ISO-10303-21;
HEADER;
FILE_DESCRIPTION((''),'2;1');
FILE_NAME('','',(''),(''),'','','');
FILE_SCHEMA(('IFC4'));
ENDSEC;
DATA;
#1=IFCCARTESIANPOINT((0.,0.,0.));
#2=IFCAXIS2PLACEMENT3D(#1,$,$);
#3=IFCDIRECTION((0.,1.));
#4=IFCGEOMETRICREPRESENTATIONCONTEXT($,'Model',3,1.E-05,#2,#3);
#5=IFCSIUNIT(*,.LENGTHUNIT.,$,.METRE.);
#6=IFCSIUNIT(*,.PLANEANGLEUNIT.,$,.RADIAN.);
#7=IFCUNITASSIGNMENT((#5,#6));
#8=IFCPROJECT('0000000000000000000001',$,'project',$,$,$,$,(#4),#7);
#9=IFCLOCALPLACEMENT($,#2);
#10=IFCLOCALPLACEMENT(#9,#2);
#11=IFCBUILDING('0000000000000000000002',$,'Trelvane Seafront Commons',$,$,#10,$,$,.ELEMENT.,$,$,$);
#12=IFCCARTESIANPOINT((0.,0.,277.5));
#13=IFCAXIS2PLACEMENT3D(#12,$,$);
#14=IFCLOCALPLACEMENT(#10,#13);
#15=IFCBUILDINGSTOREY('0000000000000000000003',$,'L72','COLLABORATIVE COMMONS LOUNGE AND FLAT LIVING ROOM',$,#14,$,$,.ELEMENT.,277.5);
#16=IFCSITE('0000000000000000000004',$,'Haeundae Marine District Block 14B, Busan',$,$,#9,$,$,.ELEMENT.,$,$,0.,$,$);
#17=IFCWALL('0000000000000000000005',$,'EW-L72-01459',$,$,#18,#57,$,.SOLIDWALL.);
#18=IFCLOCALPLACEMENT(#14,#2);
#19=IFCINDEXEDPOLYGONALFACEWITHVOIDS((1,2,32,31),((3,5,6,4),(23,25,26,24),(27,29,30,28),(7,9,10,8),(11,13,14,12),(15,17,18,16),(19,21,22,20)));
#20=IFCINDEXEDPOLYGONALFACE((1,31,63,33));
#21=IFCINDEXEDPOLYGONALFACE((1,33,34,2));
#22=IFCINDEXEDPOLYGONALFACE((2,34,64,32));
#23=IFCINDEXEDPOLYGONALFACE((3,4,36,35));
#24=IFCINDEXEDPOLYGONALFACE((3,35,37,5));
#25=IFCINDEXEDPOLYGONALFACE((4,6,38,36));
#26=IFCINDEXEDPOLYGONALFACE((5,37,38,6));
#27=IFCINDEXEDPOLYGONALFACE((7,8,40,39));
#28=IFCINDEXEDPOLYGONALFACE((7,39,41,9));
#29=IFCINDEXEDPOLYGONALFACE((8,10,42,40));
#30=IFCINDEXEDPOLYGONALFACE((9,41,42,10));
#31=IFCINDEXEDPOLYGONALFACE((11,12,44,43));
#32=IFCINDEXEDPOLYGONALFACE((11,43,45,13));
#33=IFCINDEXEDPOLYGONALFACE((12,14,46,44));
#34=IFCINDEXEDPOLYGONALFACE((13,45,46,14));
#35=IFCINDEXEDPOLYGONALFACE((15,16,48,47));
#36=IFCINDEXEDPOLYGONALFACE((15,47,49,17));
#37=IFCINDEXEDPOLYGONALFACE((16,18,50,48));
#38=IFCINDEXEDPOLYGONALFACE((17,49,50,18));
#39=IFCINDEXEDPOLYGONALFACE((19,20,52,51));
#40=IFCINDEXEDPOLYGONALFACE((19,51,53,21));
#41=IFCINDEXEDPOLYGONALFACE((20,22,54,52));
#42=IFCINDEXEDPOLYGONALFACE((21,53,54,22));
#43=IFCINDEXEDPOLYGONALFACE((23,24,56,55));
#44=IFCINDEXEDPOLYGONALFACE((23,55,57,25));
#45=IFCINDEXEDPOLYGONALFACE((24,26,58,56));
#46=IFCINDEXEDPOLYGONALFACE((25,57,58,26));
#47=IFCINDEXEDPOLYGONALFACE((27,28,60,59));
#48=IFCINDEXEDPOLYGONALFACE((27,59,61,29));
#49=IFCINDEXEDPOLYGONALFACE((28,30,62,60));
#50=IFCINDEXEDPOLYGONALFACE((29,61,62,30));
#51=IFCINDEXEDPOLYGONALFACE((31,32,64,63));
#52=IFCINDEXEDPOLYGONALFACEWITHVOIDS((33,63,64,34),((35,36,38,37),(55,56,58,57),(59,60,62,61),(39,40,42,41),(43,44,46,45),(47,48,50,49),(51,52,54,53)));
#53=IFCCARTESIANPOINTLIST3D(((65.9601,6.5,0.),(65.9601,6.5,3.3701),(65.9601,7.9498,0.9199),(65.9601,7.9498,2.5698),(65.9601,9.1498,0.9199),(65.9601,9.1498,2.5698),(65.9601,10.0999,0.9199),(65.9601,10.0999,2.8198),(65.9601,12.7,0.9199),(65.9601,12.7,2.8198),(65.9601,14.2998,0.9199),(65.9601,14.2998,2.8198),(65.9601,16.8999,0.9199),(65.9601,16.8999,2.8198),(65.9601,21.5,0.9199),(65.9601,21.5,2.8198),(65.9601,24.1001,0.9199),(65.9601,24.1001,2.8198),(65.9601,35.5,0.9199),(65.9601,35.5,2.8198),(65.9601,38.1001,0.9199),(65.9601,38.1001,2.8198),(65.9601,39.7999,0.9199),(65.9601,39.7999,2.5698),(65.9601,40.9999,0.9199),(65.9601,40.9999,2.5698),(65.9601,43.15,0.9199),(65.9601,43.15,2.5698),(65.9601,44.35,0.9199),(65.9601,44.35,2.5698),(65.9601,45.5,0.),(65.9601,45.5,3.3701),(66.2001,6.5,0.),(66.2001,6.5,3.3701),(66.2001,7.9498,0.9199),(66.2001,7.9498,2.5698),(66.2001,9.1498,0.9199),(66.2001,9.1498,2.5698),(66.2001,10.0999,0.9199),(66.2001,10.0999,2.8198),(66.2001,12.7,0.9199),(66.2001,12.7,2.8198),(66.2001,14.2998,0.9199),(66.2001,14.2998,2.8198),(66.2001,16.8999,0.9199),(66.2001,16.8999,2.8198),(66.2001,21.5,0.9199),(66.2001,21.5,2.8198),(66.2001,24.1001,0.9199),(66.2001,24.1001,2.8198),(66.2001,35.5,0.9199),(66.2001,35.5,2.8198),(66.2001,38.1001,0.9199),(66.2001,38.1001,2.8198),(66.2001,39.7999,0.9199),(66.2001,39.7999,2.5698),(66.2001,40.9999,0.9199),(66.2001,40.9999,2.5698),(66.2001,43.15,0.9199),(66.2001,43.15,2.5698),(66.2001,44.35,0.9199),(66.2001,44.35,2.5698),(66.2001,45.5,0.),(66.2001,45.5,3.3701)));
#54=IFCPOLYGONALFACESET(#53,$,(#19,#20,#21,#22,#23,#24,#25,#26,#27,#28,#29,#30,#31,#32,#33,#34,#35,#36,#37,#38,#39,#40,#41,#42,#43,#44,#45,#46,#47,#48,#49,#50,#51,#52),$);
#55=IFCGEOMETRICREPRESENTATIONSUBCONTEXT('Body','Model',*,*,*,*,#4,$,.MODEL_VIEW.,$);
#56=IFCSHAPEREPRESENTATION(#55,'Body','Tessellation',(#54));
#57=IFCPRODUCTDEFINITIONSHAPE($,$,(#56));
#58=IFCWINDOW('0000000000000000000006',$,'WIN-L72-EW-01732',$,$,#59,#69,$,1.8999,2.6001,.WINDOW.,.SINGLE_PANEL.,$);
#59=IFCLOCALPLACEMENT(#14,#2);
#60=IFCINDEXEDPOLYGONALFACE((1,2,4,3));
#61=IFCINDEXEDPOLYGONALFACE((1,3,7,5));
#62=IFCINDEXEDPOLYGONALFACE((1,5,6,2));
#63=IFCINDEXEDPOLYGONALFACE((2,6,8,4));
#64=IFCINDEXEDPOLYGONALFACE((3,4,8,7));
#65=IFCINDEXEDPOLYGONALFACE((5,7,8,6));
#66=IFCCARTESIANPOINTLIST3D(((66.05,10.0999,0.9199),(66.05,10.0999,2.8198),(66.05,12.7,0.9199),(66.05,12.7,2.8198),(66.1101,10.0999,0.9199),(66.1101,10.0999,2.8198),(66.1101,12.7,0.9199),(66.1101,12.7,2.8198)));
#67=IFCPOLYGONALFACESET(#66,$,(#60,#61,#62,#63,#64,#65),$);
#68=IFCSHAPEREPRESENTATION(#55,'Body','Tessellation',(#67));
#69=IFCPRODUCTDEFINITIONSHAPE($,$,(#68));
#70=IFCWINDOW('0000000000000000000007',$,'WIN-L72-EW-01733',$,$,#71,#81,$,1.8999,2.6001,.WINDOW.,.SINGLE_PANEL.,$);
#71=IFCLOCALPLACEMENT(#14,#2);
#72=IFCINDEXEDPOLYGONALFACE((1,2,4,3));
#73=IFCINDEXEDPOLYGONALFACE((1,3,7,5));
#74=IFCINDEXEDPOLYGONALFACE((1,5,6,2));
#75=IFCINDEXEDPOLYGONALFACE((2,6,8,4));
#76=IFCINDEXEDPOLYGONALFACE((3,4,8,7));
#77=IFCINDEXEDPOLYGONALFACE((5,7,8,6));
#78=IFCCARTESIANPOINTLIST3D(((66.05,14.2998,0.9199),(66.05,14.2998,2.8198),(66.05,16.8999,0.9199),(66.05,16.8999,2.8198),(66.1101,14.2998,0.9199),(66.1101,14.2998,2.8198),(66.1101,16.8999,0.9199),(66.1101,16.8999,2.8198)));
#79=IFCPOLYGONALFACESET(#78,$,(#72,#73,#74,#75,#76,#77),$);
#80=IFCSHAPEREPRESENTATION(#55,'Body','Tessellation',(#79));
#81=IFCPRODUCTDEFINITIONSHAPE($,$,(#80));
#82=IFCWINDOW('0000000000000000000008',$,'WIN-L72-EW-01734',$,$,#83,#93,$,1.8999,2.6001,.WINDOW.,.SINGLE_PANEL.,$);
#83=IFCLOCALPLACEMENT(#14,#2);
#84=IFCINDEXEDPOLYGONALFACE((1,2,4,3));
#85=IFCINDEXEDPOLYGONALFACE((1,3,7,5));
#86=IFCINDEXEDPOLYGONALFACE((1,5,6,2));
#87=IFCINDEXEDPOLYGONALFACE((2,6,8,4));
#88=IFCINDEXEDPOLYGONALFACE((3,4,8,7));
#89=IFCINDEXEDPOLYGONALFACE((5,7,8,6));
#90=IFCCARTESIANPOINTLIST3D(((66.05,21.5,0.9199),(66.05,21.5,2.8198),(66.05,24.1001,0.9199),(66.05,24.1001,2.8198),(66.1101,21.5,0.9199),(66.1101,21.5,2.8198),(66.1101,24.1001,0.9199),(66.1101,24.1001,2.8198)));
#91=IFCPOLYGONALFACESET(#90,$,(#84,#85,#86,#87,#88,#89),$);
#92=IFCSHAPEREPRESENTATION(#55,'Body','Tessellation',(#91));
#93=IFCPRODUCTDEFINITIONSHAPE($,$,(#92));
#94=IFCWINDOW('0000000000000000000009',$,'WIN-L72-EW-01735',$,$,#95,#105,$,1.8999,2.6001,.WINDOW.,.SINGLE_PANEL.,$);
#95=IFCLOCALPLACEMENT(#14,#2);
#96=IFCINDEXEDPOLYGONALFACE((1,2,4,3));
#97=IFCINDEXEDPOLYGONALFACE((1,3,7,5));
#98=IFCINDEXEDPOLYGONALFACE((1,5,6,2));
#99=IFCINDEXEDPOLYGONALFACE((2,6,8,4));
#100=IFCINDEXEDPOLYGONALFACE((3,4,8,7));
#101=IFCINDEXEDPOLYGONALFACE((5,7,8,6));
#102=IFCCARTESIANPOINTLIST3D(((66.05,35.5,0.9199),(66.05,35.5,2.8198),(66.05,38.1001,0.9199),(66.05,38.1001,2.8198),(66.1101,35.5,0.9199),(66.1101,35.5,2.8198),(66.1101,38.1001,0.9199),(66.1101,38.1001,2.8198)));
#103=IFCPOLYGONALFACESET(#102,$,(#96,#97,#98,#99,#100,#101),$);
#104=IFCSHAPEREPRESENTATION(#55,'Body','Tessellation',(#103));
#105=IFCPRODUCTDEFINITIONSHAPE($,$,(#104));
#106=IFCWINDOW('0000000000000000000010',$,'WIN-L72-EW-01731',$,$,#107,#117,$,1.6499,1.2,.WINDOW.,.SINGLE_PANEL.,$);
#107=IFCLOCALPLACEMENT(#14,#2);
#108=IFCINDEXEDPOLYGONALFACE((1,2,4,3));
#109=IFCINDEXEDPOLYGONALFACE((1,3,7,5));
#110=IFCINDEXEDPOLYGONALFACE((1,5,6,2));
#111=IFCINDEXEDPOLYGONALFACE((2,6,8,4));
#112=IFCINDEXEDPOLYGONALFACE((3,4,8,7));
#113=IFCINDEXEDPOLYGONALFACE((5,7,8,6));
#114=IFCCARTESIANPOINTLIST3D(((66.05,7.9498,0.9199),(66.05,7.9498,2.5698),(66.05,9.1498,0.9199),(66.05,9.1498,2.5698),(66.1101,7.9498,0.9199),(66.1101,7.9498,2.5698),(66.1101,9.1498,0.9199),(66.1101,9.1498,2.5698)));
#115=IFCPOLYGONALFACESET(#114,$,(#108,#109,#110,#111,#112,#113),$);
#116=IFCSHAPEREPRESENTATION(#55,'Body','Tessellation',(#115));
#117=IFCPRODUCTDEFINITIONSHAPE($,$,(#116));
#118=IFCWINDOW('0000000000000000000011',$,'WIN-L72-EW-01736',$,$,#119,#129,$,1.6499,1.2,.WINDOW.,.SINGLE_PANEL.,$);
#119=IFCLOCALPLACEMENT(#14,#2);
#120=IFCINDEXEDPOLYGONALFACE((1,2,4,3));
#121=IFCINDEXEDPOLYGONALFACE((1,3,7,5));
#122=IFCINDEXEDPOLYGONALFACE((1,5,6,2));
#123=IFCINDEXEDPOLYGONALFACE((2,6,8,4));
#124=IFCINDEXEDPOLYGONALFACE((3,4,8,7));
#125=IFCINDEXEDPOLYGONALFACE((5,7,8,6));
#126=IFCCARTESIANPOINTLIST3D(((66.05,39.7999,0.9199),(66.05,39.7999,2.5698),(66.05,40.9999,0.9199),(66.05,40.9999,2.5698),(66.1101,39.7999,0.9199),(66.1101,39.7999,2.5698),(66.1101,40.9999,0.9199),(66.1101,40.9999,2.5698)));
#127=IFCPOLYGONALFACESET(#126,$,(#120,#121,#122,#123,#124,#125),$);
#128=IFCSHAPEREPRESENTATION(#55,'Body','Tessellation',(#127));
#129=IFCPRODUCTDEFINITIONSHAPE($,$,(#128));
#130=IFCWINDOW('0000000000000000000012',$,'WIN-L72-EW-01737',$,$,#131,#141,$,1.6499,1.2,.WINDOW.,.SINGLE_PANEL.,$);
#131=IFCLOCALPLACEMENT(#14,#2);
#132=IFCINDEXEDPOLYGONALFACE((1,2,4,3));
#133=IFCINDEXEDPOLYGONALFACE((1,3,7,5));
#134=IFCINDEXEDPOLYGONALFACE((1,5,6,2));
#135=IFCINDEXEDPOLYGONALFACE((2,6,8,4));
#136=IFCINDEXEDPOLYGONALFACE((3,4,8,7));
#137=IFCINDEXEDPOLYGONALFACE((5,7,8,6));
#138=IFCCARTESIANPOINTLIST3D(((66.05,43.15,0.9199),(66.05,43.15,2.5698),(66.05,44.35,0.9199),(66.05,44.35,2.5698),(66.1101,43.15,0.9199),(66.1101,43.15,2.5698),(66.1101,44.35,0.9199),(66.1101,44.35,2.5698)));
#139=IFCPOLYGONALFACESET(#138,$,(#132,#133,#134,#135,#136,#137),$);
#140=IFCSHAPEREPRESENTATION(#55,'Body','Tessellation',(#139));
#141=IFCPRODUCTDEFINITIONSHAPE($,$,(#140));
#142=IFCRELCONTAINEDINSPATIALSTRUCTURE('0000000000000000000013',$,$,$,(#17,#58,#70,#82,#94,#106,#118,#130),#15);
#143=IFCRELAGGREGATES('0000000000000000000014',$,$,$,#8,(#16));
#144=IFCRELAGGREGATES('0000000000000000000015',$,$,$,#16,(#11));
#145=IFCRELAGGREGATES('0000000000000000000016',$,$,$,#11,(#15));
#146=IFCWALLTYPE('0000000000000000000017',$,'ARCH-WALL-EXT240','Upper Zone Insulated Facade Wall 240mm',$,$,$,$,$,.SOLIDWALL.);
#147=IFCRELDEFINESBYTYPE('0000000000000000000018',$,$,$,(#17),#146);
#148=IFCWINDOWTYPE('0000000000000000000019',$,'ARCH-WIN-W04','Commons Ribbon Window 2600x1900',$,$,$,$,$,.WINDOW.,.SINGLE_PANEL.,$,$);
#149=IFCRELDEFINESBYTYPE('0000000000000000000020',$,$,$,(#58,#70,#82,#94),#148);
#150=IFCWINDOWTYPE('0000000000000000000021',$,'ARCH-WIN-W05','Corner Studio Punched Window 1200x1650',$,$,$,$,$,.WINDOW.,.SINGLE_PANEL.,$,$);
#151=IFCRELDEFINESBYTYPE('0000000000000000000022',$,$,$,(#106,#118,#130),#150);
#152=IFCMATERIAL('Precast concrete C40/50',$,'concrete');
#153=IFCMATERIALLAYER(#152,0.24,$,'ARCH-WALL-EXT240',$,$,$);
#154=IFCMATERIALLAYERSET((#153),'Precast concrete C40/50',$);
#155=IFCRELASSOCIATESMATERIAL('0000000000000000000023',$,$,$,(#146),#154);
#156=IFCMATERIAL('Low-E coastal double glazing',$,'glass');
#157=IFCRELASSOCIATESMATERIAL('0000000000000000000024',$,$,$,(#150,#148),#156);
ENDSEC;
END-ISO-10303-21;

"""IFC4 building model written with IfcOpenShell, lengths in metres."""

from ifc_helpers import new_model, si_unit, direction, frame, frame_2d, origin, place, context, subcontext, project, spatial, rectangle, extrude, source, transform, mapped, material, layer, layer_set, type_object, element, fill, save


model = new_model("IFC4")

# Units and contexts
model_context = context("Model", 3, precision=1e-05, world=origin(), true_north=direction((0.0, 1.0)))
body_context = subcontext(model_context, "Body", "Model", "MODEL_VIEW")
ifc_project = project(units=[si_unit("LENGTHUNIT", "METRE"), si_unit("PLANEANGLEUNIT", "RADIAN")], contexts=[model_context])

# Site, building, storey
site_placement = place(None, origin())
site = spatial("IfcSite", under=ifc_project, at=site_placement, Name="Haeundae Marine District Block 14B, Busan", CompositionType="ELEMENT", RefElevation=0.0)
building_placement = place(site_placement, origin())
building = spatial("IfcBuilding", under=site, at=building_placement, Name="Trelvane Seafront Commons", CompositionType="ELEMENT")
storey_placement = place(building_placement, frame((0.0, 0.0, 277.5)))
storey = spatial("IfcBuildingStorey", under=building, at=storey_placement, Name="L72", Description="COLLABORATIVE COMMONS LOUNGE AND FLAT LIVING ROOM", CompositionType="ELEMENT", Elevation=277.5)

# Shared definitions
ifc_material_1 = material(Name="Low-E coastal double glazing", Category="glass")

# Shared definitions
ifc_material_2 = material(Name="Precast concrete C40/50", Category="concrete")
ifc_layer_1 = layer(ifc_material_2, 0.24, Name="ARCH-WALL-EXT240")
ifc_layer_set_1 = layer_set([ifc_layer_1], Name="Precast concrete C40/50")
wall_type = type_object("IfcWallType", Name="ARCH-WALL-EXT240", Description="Upper Zone Insulated Facade Wall 240mm", PredefinedType="SOLIDWALL", material=ifc_layer_set_1)
window_type_1 = type_object("IfcWindowType", Name="ARCH-WIN-W05", Description="Corner Studio Punched Window 1200x1650", PartitioningType="SINGLE_PANEL", PredefinedType="WINDOW", material=ifc_material_1)
shared_shape_1 = source(origin(), body_context, "Body", "SweptSolid", [
    extrude(rectangle(XDim=1.2, YDim=1.6499, at=frame_2d((0.6001, 0.825))), frame((0.0, 0.03, 0.0), z_axis=(0.0, -1.0, 0.0), x_axis=(1.0, 0.0, 0.0)), (0.0, 0.0, 1.0), 0.0601),
])

# Wall, openings, windows
wall_1_placement = place(storey_placement, frame((66.0801, 45.5, 0.0), z_axis=(0.0, 0.0, 1.0), x_axis=(0.0, -1.0, 0.0)))
wall_1 = element("IfcWall", 1, at=wall_1_placement, inside=storey, type_object=wall_type, Name="EW-L72-01459", PredefinedType="SOLIDWALL", context=body_context, shape_type="SweptSolid", body=[
    extrude(rectangle(XDim=39.0, YDim=0.24, at=frame_2d((19.5, 0.0))), origin(), (0.0, 0.0, 1.0), 3.3701),
])
opening_1_placement = place(wall_1_placement, frame((36.3501, 0.0, 0.9199)))
opening_1 = element("IfcOpeningElement", 2, at=opening_1_placement, cuts=wall_1, PredefinedType="OPENING", context=body_context, shape_type="SweptSolid", body=[
    extrude(rectangle(XDim=1.2, YDim=1.6499, at=frame_2d((0.6001, 0.825))), frame((0.0, 0.1299, 0.0), z_axis=(0.0, -1.0, 0.0), x_axis=(1.0, 0.0, 0.0)), (0.0, 0.0, 1.0), 0.26),
])
opening_2_placement = place(wall_1_placement, frame((32.8, 0.0, 0.9199)))
opening_2 = element("IfcOpeningElement", 3, at=opening_2_placement, cuts=wall_1, PredefinedType="OPENING", context=body_context, shape_type="SweptSolid", body=[
    extrude(rectangle(XDim=2.6001, YDim=1.8999, at=frame_2d((1.3, 0.95))), frame((0.0, 0.1299, 0.0), z_axis=(0.0, -1.0, 0.0), x_axis=(1.0, 0.0, 0.0)), (0.0, 0.0, 1.0), 0.26),
])
opening_3_placement = place(wall_1_placement, frame((28.6001, 0.0, 0.9199)))
opening_3 = element("IfcOpeningElement", 4, at=opening_3_placement, cuts=wall_1, PredefinedType="OPENING", context=body_context, shape_type="SweptSolid", body=[
    extrude(rectangle(XDim=2.6001, YDim=1.8999, at=frame_2d((1.3, 0.95))), frame((0.0, 0.1299, 0.0), z_axis=(0.0, -1.0, 0.0), x_axis=(1.0, 0.0, 0.0)), (0.0, 0.0, 1.0), 0.26),
])
opening_4_placement = place(wall_1_placement, frame((21.3999, 0.0, 0.9199)))
opening_4 = element("IfcOpeningElement", 5, at=opening_4_placement, cuts=wall_1, PredefinedType="OPENING", context=body_context, shape_type="SweptSolid", body=[
    extrude(rectangle(XDim=2.6001, YDim=1.8999, at=frame_2d((1.3, 0.95))), frame((0.0, 0.1299, 0.0), z_axis=(0.0, -1.0, 0.0), x_axis=(1.0, 0.0, 0.0)), (0.0, 0.0, 1.0), 0.26),
])
opening_5_placement = place(wall_1_placement, frame((7.3999, 0.0, 0.9199)))
opening_5 = element("IfcOpeningElement", 6, at=opening_5_placement, cuts=wall_1, PredefinedType="OPENING", context=body_context, shape_type="SweptSolid", body=[
    extrude(rectangle(XDim=2.6001, YDim=1.8999, at=frame_2d((1.3, 0.95))), frame((0.0, 0.1299, 0.0), z_axis=(0.0, -1.0, 0.0), x_axis=(1.0, 0.0, 0.0)), (0.0, 0.0, 1.0), 0.26),
])
opening_6_placement = place(wall_1_placement, frame((4.5, 0.0, 0.9199)))
opening_6 = element("IfcOpeningElement", 7, at=opening_6_placement, cuts=wall_1, PredefinedType="OPENING", context=body_context, shape_type="SweptSolid", body=[
    extrude(rectangle(XDim=1.2, YDim=1.6499, at=frame_2d((0.6001, 0.825))), frame((0.0, 0.1299, 0.0), z_axis=(0.0, -1.0, 0.0), x_axis=(1.0, 0.0, 0.0)), (0.0, 0.0, 1.0), 0.26),
])
opening_7_placement = place(wall_1_placement, frame((1.1499, 0.0, 0.9199)))
opening_7 = element("IfcOpeningElement", 8, at=opening_7_placement, cuts=wall_1, PredefinedType="OPENING", context=body_context, shape_type="SweptSolid", body=[
    extrude(rectangle(XDim=1.2, YDim=1.6499, at=frame_2d((0.6001, 0.825))), frame((0.0, 0.1299, 0.0), z_axis=(0.0, -1.0, 0.0), x_axis=(1.0, 0.0, 0.0)), (0.0, 0.0, 1.0), 0.26),
])
window_type_2 = type_object("IfcWindowType", Name="ARCH-WIN-W04", Description="Commons Ribbon Window 2600x1900", PartitioningType="SINGLE_PANEL", PredefinedType="WINDOW", material=ifc_material_1)
shared_shape_2 = source(origin(), body_context, "Body", "SweptSolid", [
    extrude(rectangle(XDim=2.6001, YDim=1.8999, at=frame_2d((1.3, 0.95))), frame((0.0, 0.03, 0.0), z_axis=(0.0, -1.0, 0.0), x_axis=(1.0, 0.0, 0.0)), (0.0, 0.0, 1.0), 0.0601),
])
window_1_placement = place(opening_2_placement, origin())
window_1 = element("IfcWindow", 9, at=window_1_placement, inside=storey, type_object=window_type_2, Name="WIN-L72-EW-01732", OverallHeight=1.8999, OverallWidth=2.6001, PartitioningType="SINGLE_PANEL", PredefinedType="WINDOW", context=body_context, shape_type="MappedRepresentation", body=[
    mapped(shared_shape_2, transform((0.0, 0.0, 0.0), x_axis=(1.0, 0.0, 0.0), y_axis=(0.0, 1.0, 0.0), z_axis=(0.0, 0.0, 1.0), scale=1.0)),
])
fill(opening_2, window_1)
window_2_placement = place(opening_3_placement, origin())
window_2 = element("IfcWindow", 10, at=window_2_placement, inside=storey, type_object=window_type_2, Name="WIN-L72-EW-01733", OverallHeight=1.8999, OverallWidth=2.6001, PartitioningType="SINGLE_PANEL", PredefinedType="WINDOW", context=body_context, shape_type="MappedRepresentation", body=[
    mapped(shared_shape_2, transform((0.0, 0.0, 0.0), x_axis=(1.0, 0.0, 0.0), y_axis=(0.0, 1.0, 0.0), z_axis=(0.0, 0.0, 1.0), scale=1.0)),
])
fill(opening_3, window_2)
window_3_placement = place(opening_4_placement, origin())
window_3 = element("IfcWindow", 11, at=window_3_placement, inside=storey, type_object=window_type_2, Name="WIN-L72-EW-01734", OverallHeight=1.8999, OverallWidth=2.6001, PartitioningType="SINGLE_PANEL", PredefinedType="WINDOW", context=body_context, shape_type="MappedRepresentation", body=[
    mapped(shared_shape_2, transform((0.0, 0.0, 0.0), x_axis=(1.0, 0.0, 0.0), y_axis=(0.0, 1.0, 0.0), z_axis=(0.0, 0.0, 1.0), scale=1.0)),
])
fill(opening_4, window_3)
window_4_placement = place(opening_5_placement, origin())
window_4 = element("IfcWindow", 12, at=window_4_placement, inside=storey, type_object=window_type_2, Name="WIN-L72-EW-01735", OverallHeight=1.8999, OverallWidth=2.6001, PartitioningType="SINGLE_PANEL", PredefinedType="WINDOW", context=body_context, shape_type="MappedRepresentation", body=[
    mapped(shared_shape_2, transform((0.0, 0.0, 0.0), x_axis=(1.0, 0.0, 0.0), y_axis=(0.0, 1.0, 0.0), z_axis=(0.0, 0.0, 1.0), scale=1.0)),
])
fill(opening_5, window_4)
window_5_placement = place(opening_1_placement, origin())
window_5 = element("IfcWindow", 13, at=window_5_placement, inside=storey, type_object=window_type_1, Name="WIN-L72-EW-01731", OverallHeight=1.6499, OverallWidth=1.2, PartitioningType="SINGLE_PANEL", PredefinedType="WINDOW", context=body_context, shape_type="MappedRepresentation", body=[
    mapped(shared_shape_1, transform((0.0, 0.0, 0.0), x_axis=(1.0, 0.0, 0.0), y_axis=(0.0, 1.0, 0.0), z_axis=(0.0, 0.0, 1.0), scale=1.0)),
])
fill(opening_1, window_5)
window_6_placement = place(opening_6_placement, origin())
window_6 = element("IfcWindow", 14, at=window_6_placement, inside=storey, type_object=window_type_1, Name="WIN-L72-EW-01736", OverallHeight=1.6499, OverallWidth=1.2, PartitioningType="SINGLE_PANEL", PredefinedType="WINDOW", context=body_context, shape_type="MappedRepresentation", body=[
    mapped(shared_shape_1, transform((0.0, 0.0, 0.0), x_axis=(1.0, 0.0, 0.0), y_axis=(0.0, 1.0, 0.0), z_axis=(0.0, 0.0, 1.0), scale=1.0)),
])
fill(opening_6, window_6)
window_7_placement = place(opening_7_placement, origin())
window_7 = element("IfcWindow", 15, at=window_7_placement, inside=storey, type_object=window_type_1, Name="WIN-L72-EW-01737", OverallHeight=1.6499, OverallWidth=1.2, PartitioningType="SINGLE_PANEL", PredefinedType="WINDOW", context=body_context, shape_type="MappedRepresentation", body=[
    mapped(shared_shape_1, transform((0.0, 0.0, 0.0), x_axis=(1.0, 0.0, 0.0), y_axis=(0.0, 1.0, 0.0), z_axis=(0.0, 0.0, 1.0), scale=1.0)),
])
fill(opening_7, window_7)

save(model, "model.ifc")
